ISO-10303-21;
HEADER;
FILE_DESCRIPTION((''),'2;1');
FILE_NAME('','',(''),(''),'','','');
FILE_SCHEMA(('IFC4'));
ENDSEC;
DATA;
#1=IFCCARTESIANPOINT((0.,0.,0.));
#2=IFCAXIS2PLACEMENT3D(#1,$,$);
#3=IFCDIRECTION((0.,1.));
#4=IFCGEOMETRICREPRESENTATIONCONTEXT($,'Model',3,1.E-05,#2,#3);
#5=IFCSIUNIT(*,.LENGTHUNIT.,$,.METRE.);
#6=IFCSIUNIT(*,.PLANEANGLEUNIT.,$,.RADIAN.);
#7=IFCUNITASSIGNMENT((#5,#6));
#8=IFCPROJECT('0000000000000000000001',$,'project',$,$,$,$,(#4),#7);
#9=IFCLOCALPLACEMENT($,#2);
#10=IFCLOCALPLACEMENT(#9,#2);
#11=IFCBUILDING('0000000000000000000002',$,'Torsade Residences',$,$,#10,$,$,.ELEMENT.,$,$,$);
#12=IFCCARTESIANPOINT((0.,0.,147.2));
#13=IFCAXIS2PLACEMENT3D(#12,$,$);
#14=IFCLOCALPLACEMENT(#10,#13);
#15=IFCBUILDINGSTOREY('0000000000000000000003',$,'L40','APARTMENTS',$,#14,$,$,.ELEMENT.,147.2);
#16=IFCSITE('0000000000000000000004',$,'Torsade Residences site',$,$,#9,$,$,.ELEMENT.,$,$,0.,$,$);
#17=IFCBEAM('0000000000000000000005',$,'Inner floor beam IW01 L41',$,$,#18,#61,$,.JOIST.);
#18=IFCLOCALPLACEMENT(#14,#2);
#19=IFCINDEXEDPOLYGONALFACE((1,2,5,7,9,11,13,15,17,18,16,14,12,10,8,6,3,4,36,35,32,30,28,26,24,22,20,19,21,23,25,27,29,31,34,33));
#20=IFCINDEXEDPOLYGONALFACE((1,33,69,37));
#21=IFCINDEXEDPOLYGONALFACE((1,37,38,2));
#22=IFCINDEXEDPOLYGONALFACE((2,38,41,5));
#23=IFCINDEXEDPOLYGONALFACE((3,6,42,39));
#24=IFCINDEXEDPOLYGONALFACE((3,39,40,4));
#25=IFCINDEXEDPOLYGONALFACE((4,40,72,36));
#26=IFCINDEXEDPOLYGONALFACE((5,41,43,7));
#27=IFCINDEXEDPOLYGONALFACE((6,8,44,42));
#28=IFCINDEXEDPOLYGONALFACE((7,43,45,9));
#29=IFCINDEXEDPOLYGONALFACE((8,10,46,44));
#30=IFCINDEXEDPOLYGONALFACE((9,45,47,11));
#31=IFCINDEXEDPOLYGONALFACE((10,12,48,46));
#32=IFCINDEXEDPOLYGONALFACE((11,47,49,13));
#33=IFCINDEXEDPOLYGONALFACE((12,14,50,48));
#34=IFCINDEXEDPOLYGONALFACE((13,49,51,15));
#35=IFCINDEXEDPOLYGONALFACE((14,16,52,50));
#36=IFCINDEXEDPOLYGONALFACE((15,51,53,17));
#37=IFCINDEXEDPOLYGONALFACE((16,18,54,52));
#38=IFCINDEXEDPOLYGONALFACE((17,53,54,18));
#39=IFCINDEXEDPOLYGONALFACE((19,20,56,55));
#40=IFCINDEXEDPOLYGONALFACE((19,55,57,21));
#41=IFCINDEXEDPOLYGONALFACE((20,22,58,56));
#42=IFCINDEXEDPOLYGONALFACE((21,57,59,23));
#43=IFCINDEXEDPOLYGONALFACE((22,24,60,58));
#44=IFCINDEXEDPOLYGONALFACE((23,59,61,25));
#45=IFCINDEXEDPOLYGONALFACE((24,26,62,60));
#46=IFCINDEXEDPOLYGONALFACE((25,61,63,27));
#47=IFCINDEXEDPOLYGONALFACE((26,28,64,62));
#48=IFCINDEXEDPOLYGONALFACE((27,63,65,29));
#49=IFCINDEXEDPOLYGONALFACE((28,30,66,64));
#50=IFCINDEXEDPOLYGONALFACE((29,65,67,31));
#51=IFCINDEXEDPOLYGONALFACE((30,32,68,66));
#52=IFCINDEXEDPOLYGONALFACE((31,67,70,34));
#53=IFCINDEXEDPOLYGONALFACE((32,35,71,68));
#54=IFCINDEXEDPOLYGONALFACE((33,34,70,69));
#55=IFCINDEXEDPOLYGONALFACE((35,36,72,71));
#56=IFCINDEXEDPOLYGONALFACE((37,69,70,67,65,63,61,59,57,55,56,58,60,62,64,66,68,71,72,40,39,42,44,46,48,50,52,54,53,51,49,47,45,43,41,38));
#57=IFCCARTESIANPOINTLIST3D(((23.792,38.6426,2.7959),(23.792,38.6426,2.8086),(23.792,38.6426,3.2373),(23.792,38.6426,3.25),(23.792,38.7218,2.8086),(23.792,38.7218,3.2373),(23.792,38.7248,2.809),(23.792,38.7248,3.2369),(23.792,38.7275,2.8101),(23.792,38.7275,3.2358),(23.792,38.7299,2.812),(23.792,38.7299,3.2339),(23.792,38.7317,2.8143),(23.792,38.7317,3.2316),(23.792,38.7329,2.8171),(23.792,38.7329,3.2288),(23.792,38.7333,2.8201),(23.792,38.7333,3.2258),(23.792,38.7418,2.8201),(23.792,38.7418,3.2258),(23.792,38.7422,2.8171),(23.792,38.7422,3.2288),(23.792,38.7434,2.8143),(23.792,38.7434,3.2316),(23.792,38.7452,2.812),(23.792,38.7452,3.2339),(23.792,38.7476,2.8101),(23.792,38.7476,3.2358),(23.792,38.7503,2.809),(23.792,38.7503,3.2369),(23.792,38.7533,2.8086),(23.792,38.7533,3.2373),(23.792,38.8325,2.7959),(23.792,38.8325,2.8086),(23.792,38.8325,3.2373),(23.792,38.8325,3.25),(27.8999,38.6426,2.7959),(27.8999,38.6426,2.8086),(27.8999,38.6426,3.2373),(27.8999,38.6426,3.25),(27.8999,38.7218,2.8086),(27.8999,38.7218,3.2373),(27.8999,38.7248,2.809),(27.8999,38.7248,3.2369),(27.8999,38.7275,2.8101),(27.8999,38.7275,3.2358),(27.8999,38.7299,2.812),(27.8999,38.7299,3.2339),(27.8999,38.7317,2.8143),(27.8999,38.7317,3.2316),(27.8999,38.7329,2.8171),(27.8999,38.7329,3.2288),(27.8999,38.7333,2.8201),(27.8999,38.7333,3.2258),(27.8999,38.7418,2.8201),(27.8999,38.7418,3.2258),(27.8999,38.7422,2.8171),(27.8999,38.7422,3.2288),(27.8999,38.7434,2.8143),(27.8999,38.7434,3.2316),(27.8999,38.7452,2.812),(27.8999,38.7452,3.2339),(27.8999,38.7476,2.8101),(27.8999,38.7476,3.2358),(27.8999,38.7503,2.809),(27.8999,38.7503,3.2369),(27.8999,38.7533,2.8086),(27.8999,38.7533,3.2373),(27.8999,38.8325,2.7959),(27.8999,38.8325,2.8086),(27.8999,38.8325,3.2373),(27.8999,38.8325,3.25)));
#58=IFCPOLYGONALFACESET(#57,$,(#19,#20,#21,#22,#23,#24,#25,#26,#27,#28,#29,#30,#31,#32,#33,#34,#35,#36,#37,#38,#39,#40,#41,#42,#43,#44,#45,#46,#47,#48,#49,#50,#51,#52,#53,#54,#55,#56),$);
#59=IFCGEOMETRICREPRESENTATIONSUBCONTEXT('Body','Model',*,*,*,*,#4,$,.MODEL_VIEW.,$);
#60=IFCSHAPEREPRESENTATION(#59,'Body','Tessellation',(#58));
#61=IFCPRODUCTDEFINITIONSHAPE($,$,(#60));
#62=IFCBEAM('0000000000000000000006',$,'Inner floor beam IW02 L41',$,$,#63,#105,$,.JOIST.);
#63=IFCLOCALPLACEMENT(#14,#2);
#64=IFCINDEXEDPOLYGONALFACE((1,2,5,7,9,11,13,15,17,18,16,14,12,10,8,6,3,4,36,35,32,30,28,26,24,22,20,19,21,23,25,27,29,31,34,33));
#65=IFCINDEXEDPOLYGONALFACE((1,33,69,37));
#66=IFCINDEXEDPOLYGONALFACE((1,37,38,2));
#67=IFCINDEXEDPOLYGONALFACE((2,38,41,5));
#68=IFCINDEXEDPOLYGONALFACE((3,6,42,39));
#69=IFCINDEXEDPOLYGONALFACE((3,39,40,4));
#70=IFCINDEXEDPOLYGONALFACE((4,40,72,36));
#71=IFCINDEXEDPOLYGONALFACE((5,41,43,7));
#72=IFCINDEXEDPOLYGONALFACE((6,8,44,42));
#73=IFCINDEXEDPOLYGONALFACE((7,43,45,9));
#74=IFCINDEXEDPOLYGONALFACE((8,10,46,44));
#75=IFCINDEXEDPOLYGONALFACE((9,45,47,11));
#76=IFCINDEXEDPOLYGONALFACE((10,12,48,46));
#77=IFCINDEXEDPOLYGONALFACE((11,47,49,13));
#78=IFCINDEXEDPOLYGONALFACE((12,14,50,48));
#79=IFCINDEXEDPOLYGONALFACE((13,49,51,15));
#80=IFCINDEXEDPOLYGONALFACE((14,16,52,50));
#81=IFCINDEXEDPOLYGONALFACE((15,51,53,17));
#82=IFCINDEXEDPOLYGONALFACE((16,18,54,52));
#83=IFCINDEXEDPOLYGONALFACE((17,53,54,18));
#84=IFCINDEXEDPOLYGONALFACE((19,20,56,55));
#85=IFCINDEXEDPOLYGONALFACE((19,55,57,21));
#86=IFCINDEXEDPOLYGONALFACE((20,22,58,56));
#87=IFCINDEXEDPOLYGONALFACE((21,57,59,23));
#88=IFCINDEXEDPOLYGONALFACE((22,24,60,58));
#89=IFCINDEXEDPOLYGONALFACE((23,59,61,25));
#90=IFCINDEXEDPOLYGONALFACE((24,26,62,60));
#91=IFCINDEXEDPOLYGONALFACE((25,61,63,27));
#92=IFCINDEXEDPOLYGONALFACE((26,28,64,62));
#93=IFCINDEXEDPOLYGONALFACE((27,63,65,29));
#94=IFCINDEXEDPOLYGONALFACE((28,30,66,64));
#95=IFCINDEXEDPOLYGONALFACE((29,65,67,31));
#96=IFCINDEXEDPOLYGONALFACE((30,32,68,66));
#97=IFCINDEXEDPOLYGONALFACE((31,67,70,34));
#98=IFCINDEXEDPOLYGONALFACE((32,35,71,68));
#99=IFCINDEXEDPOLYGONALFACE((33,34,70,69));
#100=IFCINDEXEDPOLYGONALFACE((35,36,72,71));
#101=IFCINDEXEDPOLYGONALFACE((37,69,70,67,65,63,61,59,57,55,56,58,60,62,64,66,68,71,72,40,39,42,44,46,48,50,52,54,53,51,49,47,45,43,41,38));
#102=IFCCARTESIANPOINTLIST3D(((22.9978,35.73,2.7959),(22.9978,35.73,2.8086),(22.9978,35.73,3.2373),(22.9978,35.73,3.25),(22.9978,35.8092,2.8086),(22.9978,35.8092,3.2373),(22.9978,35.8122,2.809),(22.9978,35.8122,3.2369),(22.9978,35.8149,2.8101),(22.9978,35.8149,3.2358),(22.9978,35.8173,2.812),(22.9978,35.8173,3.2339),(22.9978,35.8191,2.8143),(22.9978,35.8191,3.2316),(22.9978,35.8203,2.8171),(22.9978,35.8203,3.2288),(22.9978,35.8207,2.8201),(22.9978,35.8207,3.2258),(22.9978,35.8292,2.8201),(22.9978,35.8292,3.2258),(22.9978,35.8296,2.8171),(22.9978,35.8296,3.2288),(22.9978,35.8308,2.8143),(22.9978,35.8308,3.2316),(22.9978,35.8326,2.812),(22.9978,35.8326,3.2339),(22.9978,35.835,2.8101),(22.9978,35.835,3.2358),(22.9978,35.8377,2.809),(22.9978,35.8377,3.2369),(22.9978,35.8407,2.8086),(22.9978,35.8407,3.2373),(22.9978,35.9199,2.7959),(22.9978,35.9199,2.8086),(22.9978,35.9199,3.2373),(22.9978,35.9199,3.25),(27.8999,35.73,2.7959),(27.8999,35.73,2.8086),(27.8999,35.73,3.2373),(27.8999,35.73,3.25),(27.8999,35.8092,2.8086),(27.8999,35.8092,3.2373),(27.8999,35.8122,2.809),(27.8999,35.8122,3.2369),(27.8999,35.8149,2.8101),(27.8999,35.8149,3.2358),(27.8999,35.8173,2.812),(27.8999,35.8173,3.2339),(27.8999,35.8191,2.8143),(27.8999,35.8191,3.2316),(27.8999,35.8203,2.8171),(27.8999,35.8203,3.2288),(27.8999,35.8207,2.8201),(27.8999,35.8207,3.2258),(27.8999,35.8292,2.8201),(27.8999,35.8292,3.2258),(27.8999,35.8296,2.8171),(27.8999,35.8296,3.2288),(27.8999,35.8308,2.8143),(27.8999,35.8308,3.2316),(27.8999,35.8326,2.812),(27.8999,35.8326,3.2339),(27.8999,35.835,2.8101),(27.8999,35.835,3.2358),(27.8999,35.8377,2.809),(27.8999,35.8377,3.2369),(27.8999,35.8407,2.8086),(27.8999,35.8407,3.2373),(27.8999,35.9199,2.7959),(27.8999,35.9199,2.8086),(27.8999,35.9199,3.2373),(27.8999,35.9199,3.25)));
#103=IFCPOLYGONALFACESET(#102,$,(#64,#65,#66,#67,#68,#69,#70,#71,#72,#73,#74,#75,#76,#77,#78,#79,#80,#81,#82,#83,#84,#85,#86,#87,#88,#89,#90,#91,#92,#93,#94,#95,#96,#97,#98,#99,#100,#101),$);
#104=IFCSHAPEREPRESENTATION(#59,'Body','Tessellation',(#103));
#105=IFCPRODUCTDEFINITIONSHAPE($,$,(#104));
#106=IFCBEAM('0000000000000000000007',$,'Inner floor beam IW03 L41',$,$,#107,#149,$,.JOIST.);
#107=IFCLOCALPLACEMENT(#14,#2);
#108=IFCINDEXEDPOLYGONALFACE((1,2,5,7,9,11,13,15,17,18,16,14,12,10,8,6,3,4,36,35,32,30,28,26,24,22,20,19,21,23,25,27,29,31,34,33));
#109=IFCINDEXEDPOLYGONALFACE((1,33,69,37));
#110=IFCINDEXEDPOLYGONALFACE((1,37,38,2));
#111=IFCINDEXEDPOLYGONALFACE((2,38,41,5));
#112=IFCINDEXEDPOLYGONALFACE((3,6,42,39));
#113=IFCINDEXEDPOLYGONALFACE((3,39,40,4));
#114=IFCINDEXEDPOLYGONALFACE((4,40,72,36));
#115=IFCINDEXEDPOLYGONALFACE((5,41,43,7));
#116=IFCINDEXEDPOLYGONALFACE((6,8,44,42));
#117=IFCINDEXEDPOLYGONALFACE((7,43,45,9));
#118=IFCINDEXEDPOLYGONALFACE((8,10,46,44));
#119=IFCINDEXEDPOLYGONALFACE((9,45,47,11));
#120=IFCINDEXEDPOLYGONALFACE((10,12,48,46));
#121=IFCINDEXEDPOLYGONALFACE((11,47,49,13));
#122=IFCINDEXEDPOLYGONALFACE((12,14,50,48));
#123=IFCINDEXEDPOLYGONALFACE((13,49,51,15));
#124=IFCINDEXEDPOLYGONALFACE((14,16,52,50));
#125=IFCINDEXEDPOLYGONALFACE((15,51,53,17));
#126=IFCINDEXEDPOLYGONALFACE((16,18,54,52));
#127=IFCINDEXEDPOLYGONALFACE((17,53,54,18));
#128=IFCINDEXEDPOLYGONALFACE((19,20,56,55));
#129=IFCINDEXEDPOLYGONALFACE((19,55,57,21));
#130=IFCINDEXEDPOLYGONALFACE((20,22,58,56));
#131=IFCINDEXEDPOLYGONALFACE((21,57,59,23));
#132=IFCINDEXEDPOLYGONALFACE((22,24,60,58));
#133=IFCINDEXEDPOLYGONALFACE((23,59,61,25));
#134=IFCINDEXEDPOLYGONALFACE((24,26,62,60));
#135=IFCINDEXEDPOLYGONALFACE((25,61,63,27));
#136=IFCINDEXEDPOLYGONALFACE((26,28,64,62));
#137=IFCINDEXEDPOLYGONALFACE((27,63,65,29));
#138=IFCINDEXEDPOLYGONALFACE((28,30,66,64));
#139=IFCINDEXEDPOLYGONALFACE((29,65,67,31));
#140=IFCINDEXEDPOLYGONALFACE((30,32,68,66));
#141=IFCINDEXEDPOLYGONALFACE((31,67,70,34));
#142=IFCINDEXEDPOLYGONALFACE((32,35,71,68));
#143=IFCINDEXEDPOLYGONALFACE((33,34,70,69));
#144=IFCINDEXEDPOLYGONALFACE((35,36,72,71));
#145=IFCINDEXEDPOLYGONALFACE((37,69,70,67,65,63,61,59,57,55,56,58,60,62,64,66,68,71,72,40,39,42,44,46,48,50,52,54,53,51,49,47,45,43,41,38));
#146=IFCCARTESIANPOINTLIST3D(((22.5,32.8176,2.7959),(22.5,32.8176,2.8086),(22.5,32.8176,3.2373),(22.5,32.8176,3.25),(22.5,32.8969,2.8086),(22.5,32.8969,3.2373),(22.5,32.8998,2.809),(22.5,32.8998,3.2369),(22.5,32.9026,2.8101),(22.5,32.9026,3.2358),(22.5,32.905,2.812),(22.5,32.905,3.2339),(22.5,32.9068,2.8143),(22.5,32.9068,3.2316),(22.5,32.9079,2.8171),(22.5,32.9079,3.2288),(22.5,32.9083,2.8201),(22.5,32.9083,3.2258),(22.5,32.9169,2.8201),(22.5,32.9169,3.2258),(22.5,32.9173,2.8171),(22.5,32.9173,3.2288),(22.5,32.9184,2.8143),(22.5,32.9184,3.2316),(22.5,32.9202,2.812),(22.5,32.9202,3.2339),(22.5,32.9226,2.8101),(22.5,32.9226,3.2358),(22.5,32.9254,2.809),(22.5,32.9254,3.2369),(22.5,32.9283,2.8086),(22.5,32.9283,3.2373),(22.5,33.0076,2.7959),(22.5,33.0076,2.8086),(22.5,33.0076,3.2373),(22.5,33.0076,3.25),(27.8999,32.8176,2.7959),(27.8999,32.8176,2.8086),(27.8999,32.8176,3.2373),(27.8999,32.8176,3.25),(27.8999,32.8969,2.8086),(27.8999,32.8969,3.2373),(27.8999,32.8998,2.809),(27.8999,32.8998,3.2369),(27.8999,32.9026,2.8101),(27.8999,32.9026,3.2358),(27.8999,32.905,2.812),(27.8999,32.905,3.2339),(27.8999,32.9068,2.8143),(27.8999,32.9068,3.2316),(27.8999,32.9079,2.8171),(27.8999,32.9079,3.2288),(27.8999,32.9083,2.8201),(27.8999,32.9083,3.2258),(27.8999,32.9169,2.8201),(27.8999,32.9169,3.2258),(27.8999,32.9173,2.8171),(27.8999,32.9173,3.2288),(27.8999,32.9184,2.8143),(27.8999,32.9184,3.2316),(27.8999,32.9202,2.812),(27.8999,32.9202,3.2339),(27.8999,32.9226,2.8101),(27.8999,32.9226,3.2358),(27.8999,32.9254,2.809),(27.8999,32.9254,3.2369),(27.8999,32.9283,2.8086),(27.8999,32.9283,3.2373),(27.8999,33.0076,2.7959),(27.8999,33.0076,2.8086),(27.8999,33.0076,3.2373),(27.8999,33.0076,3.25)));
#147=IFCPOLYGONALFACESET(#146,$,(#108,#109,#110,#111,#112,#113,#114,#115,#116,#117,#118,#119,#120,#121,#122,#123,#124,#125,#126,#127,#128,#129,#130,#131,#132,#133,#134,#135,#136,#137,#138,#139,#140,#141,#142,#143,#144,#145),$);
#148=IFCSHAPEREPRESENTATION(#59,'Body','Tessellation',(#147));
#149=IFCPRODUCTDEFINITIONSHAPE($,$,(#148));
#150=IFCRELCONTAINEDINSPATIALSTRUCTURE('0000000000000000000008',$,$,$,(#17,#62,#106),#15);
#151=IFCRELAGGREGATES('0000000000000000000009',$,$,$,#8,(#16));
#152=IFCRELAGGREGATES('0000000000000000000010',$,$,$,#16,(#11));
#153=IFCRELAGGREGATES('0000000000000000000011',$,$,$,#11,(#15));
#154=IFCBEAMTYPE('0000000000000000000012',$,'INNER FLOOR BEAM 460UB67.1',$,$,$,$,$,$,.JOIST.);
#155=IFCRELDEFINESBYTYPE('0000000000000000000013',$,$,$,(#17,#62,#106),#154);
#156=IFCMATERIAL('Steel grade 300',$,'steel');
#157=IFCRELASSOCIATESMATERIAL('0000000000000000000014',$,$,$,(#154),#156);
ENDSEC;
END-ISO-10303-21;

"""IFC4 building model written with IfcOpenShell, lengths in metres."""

from ifc_helpers import new_model, si_unit, direction, frame, origin, origin_2d, place, context, subcontext, project, spatial, i_section, extrude, material, material_profile, profile_set, type_object, element, save


model = new_model("IFC4")

# Units and contexts
model_context = context("Model", 3, precision=1e-05, world=origin(), true_north=direction((0.0, 1.0)))
body_context = subcontext(model_context, "Body", "Model", "MODEL_VIEW")
ifc_project = project(units=[si_unit("LENGTHUNIT", "METRE"), si_unit("PLANEANGLEUNIT", "RADIAN")], contexts=[model_context])

# Site, building, storey
site_placement = place(None, origin())
site = spatial("IfcSite", under=ifc_project, at=site_placement, Name="Torsade Residences site", CompositionType="ELEMENT", RefElevation=0.0)
building_placement = place(site_placement, origin())
building = spatial("IfcBuilding", under=site, at=building_placement, Name="Torsade Residences", CompositionType="ELEMENT")
storey_placement = place(building_placement, frame((0.0, 0.0, 147.2)))
storey = spatial("IfcBuildingStorey", under=building, at=storey_placement, Name="L40", Description="APARTMENTS", CompositionType="ELEMENT", Elevation=147.2)

# Beams
ifc_material_1 = material(Name="Steel grade 300", Category="steel")
ifc_material_profile = material_profile(ifc_material_1, i_section(OverallWidth=0.1899, OverallDepth=0.4541, WebThickness=0.0085, FlangeThickness=0.0127, FilletRadius=0.0115, at=origin_2d()), Name="460UB67.1")
ifc_profile_set = profile_set([ifc_material_profile], Name="Steel grade 300")
beam_type = type_object("IfcBeamType", Name="INNER FLOOR BEAM 460UB67.1", PredefinedType="JOIST", material=ifc_profile_set)
beam_1_placement = place(storey_placement, frame((27.8999, 38.7375, 3.0229), z_axis=(-1.0, 0.0, 0.0), x_axis=(0.0, -1.0, 0.0)))
element("IfcBeam", 1, at=beam_1_placement, inside=storey, type_object=beam_type, Name="Inner floor beam IW01 L41", PredefinedType="JOIST", context=body_context, shape_type="SweptSolid", body=[
    extrude(i_section(OverallWidth=0.1899, OverallDepth=0.4541, WebThickness=0.0085, FlangeThickness=0.0127, FilletRadius=0.0115, at=origin_2d()), origin(), (0.0, 0.0, 1.0), 4.1079),
])
beam_2_placement = place(storey_placement, frame((27.8999, 35.825, 3.0229), z_axis=(-1.0, 0.0, 0.0), x_axis=(0.0, -1.0, 0.0)))
element("IfcBeam", 2, at=beam_2_placement, inside=storey, type_object=beam_type, Name="Inner floor beam IW02 L41", PredefinedType="JOIST", context=body_context, shape_type="SweptSolid", body=[
    extrude(i_section(OverallWidth=0.1899, OverallDepth=0.4541, WebThickness=0.0085, FlangeThickness=0.0127, FilletRadius=0.0115, at=origin_2d()), origin(), (0.0, 0.0, 1.0), 4.9021),
])
beam_3_placement = place(storey_placement, frame((27.8999, 32.9126, 3.0229), z_axis=(-1.0, 0.0, 0.0), x_axis=(0.0, -1.0, 0.0)))
element("IfcBeam", 3, at=beam_3_placement, inside=storey, type_object=beam_type, Name="Inner floor beam IW03 L41", PredefinedType="JOIST", context=body_context, shape_type="SweptSolid", body=[
    extrude(i_section(OverallWidth=0.1899, OverallDepth=0.4541, WebThickness=0.0085, FlangeThickness=0.0127, FilletRadius=0.0115, at=origin_2d()), origin(), (0.0, 0.0, 1.0), 5.3999),
])

save(model, "model.ifc")
